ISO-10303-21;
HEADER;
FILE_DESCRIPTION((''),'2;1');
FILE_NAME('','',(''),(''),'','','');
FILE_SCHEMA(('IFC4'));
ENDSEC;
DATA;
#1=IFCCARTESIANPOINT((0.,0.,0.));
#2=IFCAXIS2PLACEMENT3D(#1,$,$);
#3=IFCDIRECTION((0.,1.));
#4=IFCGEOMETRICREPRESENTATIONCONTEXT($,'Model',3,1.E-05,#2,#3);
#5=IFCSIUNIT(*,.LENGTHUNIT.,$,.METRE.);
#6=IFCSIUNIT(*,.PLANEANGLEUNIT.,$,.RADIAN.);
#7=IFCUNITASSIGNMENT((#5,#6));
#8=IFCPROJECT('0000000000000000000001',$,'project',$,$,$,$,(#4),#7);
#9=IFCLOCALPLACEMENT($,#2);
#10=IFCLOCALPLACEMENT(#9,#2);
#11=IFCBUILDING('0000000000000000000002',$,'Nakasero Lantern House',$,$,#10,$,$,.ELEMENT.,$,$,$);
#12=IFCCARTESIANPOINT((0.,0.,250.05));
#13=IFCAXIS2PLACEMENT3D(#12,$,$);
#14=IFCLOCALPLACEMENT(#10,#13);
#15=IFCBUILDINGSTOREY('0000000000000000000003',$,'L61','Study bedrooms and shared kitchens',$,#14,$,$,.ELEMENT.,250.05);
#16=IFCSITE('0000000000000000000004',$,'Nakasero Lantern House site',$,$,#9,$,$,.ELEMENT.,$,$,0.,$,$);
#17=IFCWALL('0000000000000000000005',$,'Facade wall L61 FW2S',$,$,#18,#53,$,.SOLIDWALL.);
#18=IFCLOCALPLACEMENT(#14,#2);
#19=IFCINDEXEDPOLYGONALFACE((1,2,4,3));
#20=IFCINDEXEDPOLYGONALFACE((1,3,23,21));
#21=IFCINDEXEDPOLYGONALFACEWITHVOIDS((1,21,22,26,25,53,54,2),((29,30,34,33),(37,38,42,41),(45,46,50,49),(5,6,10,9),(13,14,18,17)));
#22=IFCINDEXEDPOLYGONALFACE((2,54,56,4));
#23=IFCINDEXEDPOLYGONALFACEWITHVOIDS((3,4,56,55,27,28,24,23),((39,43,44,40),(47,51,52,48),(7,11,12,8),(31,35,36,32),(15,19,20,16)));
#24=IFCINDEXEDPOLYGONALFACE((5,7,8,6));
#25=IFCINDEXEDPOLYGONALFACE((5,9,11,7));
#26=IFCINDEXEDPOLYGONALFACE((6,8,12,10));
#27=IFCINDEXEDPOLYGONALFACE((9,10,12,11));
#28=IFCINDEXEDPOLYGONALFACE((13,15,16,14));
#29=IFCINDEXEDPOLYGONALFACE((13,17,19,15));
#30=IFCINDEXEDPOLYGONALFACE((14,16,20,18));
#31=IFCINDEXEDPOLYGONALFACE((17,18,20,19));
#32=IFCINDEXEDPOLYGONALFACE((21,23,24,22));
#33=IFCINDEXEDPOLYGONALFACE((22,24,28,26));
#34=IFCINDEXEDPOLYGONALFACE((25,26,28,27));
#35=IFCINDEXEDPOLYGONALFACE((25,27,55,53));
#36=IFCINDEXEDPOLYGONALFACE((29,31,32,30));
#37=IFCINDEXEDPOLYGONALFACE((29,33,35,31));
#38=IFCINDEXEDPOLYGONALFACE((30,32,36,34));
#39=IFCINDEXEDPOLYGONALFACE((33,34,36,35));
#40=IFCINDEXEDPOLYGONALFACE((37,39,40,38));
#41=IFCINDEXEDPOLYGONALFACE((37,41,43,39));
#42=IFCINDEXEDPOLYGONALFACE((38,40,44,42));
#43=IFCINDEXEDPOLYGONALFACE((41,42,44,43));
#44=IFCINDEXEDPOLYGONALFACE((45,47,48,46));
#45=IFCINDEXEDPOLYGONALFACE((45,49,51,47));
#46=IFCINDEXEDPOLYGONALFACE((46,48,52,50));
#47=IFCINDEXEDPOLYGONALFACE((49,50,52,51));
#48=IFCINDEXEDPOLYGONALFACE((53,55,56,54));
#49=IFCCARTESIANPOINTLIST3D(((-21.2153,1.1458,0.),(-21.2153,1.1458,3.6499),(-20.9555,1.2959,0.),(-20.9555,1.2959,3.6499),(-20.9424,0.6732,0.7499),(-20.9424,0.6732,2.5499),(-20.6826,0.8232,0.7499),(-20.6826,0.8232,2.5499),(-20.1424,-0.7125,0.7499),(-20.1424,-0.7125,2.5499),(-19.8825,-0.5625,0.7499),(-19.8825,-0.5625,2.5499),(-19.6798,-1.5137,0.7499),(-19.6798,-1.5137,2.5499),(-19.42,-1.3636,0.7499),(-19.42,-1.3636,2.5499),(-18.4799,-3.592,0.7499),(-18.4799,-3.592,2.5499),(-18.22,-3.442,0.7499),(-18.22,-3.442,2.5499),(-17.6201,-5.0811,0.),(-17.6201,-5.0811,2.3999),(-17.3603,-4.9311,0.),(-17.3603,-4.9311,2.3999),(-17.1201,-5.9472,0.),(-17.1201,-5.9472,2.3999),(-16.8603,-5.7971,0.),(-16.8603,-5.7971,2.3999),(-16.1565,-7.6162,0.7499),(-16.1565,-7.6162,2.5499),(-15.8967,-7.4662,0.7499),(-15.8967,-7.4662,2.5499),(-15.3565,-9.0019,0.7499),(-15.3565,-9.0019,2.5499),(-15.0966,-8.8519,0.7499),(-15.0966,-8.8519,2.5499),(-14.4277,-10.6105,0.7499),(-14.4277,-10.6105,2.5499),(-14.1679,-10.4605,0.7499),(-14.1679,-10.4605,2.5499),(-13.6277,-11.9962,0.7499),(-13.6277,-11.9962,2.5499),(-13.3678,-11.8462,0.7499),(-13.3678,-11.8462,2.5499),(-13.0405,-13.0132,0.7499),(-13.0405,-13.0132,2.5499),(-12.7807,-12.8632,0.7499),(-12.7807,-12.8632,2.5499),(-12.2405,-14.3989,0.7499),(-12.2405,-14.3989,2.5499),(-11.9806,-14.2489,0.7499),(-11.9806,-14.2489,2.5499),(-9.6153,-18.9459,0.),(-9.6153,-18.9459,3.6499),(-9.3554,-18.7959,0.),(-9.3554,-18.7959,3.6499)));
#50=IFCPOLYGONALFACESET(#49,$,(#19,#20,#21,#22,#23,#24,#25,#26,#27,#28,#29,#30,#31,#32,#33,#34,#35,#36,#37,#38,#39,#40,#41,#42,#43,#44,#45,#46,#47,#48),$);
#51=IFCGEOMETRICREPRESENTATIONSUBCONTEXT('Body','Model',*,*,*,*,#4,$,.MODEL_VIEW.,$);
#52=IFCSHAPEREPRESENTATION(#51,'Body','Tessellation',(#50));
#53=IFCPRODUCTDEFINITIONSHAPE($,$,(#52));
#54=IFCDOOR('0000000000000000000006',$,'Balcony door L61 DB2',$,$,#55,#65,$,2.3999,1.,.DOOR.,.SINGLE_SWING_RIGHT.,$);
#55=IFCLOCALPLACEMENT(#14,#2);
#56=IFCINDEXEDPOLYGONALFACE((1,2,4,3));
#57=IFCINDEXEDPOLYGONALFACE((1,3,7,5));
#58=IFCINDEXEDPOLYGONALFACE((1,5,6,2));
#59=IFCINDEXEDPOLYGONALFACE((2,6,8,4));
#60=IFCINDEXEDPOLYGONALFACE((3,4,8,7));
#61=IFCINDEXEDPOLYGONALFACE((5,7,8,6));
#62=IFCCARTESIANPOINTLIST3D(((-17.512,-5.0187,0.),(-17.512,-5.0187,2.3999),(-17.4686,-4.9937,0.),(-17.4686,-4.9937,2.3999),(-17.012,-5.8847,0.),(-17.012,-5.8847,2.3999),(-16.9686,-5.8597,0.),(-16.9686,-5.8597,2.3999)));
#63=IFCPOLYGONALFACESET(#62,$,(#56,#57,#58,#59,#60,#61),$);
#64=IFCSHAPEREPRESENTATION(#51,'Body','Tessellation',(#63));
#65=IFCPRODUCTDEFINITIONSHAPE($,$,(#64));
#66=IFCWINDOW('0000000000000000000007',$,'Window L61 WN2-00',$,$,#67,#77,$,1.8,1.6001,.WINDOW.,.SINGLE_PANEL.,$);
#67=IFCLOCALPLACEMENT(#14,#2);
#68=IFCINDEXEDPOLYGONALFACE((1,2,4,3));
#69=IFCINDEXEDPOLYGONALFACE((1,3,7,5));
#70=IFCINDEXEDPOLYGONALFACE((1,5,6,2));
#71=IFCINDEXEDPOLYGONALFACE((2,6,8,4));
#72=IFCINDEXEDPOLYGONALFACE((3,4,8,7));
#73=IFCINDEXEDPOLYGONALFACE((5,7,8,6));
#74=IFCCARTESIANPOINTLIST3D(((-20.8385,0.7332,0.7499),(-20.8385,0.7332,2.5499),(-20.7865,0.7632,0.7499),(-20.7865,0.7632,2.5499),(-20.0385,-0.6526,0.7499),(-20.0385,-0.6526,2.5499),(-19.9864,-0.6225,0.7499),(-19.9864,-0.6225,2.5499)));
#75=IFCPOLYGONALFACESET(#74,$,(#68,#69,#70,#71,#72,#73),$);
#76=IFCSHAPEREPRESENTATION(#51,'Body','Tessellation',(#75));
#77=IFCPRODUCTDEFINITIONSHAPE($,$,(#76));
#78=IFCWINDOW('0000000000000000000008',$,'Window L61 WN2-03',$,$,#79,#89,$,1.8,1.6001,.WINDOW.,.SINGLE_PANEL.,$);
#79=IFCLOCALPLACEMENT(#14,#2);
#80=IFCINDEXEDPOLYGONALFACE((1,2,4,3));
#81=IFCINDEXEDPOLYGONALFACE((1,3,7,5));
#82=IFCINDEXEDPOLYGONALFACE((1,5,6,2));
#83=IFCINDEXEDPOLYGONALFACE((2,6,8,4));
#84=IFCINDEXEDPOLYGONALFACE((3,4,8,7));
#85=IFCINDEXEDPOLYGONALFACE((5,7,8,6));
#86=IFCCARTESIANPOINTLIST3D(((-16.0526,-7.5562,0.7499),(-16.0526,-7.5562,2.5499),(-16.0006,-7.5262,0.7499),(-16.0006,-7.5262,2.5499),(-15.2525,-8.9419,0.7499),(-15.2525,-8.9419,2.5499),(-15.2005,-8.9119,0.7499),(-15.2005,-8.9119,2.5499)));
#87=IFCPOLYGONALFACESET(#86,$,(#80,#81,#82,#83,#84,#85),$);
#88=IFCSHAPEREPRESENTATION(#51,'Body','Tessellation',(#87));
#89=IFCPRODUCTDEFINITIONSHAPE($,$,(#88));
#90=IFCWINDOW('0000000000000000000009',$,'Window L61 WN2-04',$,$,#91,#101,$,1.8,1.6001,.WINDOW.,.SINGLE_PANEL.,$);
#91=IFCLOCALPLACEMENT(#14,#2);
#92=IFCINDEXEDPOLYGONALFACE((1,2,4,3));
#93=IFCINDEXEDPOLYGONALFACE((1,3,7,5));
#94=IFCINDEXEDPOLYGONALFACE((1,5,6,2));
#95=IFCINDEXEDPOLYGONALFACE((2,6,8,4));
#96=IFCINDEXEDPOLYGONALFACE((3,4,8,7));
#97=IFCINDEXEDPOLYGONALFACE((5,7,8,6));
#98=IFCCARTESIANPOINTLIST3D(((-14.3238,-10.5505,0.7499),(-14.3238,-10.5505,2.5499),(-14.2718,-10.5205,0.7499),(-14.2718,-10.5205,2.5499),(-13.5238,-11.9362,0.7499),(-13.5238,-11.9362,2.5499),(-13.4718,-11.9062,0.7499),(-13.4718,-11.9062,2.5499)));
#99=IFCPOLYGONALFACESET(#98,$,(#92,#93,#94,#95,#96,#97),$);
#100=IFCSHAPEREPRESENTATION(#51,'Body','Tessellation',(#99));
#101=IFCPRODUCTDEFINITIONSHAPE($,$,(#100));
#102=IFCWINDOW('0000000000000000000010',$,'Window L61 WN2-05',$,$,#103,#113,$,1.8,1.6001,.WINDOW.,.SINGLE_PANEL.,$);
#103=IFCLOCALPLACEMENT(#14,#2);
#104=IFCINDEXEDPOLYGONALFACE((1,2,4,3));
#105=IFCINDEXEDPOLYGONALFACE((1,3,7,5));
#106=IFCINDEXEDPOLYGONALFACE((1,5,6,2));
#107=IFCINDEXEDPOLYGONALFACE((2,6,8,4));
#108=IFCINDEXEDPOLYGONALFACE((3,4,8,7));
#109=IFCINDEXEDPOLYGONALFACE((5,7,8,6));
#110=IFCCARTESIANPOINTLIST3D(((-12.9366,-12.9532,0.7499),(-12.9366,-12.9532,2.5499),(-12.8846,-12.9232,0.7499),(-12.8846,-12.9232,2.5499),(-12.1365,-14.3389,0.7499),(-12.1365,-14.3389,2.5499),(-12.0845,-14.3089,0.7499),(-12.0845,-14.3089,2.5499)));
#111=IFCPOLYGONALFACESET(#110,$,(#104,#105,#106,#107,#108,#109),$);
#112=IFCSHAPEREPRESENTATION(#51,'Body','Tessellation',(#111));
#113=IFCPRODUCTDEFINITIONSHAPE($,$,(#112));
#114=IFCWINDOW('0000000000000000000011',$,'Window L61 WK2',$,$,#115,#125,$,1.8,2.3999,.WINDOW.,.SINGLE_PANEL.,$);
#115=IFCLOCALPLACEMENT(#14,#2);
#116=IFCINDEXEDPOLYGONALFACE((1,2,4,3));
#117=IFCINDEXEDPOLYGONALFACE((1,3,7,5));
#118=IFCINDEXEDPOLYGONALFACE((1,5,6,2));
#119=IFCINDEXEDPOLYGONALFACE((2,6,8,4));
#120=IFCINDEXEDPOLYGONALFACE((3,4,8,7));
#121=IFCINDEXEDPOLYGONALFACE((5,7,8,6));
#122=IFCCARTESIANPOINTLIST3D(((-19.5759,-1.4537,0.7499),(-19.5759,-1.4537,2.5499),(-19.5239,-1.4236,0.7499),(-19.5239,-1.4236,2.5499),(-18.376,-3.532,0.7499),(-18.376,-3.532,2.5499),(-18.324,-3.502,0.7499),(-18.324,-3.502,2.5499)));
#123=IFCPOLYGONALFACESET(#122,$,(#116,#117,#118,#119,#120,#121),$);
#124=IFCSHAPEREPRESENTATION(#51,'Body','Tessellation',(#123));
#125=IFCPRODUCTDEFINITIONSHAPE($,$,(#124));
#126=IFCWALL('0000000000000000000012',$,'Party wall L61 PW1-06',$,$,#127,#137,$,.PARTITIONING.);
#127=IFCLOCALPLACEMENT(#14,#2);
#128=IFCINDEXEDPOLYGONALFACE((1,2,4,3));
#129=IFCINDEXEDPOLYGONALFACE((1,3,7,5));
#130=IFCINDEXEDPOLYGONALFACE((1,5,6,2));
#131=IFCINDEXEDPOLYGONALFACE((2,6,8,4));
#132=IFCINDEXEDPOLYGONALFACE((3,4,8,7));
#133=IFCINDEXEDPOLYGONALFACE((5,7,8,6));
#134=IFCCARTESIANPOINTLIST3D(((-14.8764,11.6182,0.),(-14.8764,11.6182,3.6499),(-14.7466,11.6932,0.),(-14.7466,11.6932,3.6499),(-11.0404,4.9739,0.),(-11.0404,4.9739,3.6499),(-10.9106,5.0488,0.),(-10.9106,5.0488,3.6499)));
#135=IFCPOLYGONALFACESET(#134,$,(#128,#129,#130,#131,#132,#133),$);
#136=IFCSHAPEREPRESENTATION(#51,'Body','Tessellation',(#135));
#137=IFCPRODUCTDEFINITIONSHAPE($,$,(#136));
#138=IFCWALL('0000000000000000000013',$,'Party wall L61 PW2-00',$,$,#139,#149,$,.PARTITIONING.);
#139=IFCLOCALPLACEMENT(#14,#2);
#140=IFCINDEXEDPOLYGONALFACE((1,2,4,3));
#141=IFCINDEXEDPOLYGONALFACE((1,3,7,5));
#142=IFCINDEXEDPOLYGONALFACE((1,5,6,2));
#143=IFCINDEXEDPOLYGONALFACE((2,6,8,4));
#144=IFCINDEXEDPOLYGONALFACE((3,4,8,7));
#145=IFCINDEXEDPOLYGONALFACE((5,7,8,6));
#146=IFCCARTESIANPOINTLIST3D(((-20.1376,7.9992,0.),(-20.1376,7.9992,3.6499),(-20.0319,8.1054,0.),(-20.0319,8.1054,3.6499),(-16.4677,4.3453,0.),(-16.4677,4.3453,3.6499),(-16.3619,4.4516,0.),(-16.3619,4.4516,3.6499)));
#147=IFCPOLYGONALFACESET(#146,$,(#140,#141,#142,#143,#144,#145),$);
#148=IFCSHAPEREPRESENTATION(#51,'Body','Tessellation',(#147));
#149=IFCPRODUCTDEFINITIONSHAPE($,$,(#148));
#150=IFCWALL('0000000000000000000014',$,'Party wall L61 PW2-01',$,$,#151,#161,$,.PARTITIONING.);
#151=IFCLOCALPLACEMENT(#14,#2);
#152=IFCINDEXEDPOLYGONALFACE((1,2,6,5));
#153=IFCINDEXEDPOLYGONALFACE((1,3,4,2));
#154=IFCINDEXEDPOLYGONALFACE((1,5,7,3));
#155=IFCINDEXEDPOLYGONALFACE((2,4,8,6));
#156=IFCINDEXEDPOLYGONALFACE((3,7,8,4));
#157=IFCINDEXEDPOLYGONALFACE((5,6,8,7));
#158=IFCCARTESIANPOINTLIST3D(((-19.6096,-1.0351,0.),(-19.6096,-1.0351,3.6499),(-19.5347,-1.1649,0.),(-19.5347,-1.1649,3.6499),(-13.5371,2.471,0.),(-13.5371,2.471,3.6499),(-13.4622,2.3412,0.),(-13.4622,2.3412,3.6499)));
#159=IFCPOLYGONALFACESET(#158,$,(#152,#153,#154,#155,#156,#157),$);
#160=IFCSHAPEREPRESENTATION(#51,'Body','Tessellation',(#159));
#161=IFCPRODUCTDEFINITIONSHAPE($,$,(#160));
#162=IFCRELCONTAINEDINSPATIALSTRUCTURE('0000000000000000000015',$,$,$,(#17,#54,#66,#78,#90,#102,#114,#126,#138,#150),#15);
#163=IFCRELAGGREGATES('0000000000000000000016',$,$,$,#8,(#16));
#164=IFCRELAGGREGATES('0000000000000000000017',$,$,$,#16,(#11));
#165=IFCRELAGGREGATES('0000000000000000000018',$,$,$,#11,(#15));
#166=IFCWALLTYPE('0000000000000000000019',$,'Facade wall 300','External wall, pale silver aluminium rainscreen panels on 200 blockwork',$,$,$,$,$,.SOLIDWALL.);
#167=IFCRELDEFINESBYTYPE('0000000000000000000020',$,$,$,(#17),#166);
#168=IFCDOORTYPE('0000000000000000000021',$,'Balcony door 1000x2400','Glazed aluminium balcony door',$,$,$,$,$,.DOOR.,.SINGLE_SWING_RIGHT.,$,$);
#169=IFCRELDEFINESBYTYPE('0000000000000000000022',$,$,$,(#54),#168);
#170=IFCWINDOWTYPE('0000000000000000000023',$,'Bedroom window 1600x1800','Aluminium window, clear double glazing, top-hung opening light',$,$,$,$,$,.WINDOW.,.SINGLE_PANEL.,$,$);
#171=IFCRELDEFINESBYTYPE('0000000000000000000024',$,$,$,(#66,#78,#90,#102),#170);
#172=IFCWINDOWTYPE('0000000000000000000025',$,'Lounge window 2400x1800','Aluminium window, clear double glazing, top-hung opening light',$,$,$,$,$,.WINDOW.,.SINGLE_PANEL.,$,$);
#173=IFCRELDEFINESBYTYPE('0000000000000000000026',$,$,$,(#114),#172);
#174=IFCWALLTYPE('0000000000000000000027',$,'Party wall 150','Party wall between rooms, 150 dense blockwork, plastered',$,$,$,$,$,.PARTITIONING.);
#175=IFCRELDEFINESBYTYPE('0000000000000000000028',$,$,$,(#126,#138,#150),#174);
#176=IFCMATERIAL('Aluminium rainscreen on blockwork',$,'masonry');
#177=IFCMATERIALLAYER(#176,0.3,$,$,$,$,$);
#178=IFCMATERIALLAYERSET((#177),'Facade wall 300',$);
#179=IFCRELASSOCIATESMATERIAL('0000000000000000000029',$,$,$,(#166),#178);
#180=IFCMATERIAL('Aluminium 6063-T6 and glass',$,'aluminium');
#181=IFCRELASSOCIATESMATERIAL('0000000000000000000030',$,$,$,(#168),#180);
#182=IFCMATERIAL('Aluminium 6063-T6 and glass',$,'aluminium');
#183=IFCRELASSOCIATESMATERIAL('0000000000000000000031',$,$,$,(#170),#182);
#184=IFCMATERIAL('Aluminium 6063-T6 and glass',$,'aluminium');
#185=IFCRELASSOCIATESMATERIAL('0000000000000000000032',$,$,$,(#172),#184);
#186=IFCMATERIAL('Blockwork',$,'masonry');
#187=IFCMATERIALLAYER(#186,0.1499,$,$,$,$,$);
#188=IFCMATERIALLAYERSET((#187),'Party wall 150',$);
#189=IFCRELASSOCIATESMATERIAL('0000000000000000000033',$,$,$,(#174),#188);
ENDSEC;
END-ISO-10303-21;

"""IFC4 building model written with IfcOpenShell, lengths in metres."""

from ifc_helpers import new_model, si_unit, direction, frame, frame_2d, origin, place, context, subcontext, project, spatial, rectangle, extrude, material, layer, layer_set, type_object, element, fill, save


model = new_model("IFC4")

# Units and contexts
model_context = context("Model", 3, precision=1e-05, world=origin(), true_north=direction((0.0, 1.0)))
body_context = subcontext(model_context, "Body", "Model", "MODEL_VIEW")
ifc_project = project(units=[si_unit("LENGTHUNIT", "METRE"), si_unit("PLANEANGLEUNIT", "RADIAN")], contexts=[model_context])

# Site, building, storey
site_placement = place(None, origin())
site = spatial("IfcSite", under=ifc_project, at=site_placement, Name="Nakasero Lantern House site", CompositionType="ELEMENT", RefElevation=0.0)
building_placement = place(site_placement, origin())
building = spatial("IfcBuilding", under=site, at=building_placement, Name="Nakasero Lantern House", CompositionType="ELEMENT")
storey_placement = place(building_placement, frame((0.0, 0.0, 250.05)))
storey = spatial("IfcBuildingStorey", under=building, at=storey_placement, Name="L61", Description="Study bedrooms and shared kitchens", CompositionType="ELEMENT", Elevation=250.05)

# Shared definitions
ifc_material_1 = material(Name="Aluminium rainscreen on blockwork", Category="masonry")
ifc_layer_1 = layer(ifc_material_1, 0.3)
ifc_layer_set_1 = layer_set([ifc_layer_1], Name="Facade wall 300")
wall_type_1 = type_object("IfcWallType", Name="Facade wall 300", Description="External wall, pale silver aluminium rainscreen panels on 200 blockwork", PredefinedType="SOLIDWALL", material=ifc_layer_set_1)

# Wall, openings, door, windows
wall_1_placement = place(storey_placement, frame((-21.0854, 1.2209, 0.0), z_axis=(0.0, 0.0, 1.0), x_axis=(0.500003, -0.866024, 0.0)))
wall_1 = element("IfcWall", 1, at=wall_1_placement, inside=storey, type_object=wall_type_1, Name="Facade wall L61 FW2S", PredefinedType="SOLIDWALL", context=body_context, shape_type="SweptSolid", body=[
    extrude(rectangle(XDim=23.2, YDim=0.3, at=frame_2d((11.6001, 0.0))), origin(), (0.0, 0.0, 1.0), 3.6499),
])
opening_1_placement = place(wall_1_placement, frame((0.5459, 0.0, 0.75)))
opening_1 = element("IfcOpeningElement", 2, at=opening_1_placement, cuts=wall_1, PredefinedType="OPENING", context=body_context, shape_type="SweptSolid", body=[
    extrude(rectangle(XDim=1.6001, YDim=1.8, at=frame_2d((0.8, 0.8999))), frame((0.0, 0.1699, 0.0), z_axis=(0.0, -1.0, 0.0), x_axis=(1.0, 0.0, 0.0)), (0.0, 0.0, 1.0), 0.3401),
])
opening_2_placement = place(wall_1_placement, frame((10.1177, 0.0, 0.75)))
opening_2 = element("IfcOpeningElement", 3, at=opening_2_placement, cuts=wall_1, PredefinedType="OPENING", context=body_context, shape_type="SweptSolid", body=[
    extrude(rectangle(XDim=1.6001, YDim=1.8, at=frame_2d((0.8, 0.8999))), frame((0.0, 0.1699, 0.0), z_axis=(0.0, -1.0, 0.0), x_axis=(1.0, 0.0, 0.0)), (0.0, 0.0, 1.0), 0.3401),
])
opening_3_placement = place(wall_1_placement, frame((13.5752, 0.0, 0.75)))
opening_3 = element("IfcOpeningElement", 4, at=opening_3_placement, cuts=wall_1, PredefinedType="OPENING", context=body_context, shape_type="SweptSolid", body=[
    extrude(rectangle(XDim=1.6001, YDim=1.8, at=frame_2d((0.8, 0.8999))), frame((0.0, 0.1699, 0.0), z_axis=(0.0, -1.0, 0.0), x_axis=(1.0, 0.0, 0.0)), (0.0, 0.0, 1.0), 0.3401),
])
opening_4_placement = place(wall_1_placement, frame((16.3496, 0.0, 0.75)))
opening_4 = element("IfcOpeningElement", 5, at=opening_4_placement, cuts=wall_1, PredefinedType="OPENING", context=body_context, shape_type="SweptSolid", body=[
    extrude(rectangle(XDim=1.6001, YDim=1.8, at=frame_2d((0.8, 0.8999))), frame((0.0, 0.1699, 0.0), z_axis=(0.0, -1.0, 0.0), x_axis=(1.0, 0.0, 0.0)), (0.0, 0.0, 1.0), 0.3401),
])
opening_5_placement = place(wall_1_placement, frame((3.071, 0.0, 0.75)))
opening_5 = element("IfcOpeningElement", 6, at=opening_5_placement, cuts=wall_1, PredefinedType="OPENING", context=body_context, shape_type="SweptSolid", body=[
    extrude(rectangle(XDim=2.3999, YDim=1.8, at=frame_2d((1.2, 0.8999))), frame((0.0, 0.1699, 0.0), z_axis=(0.0, -1.0, 0.0), x_axis=(1.0, 0.0, 0.0)), (0.0, 0.0, 1.0), 0.3401),
])
opening_6_placement = place(wall_1_placement, frame((7.1904, 0.0, 0.0)))
opening_6 = element("IfcOpeningElement", 7, at=opening_6_placement, cuts=wall_1, PredefinedType="OPENING", context=body_context, shape_type="SweptSolid", body=[
    extrude(rectangle(XDim=1.0, YDim=2.3999, at=frame_2d((0.5, 1.2))), frame((0.0, 0.1699, 0.0), z_axis=(0.0, -1.0, 0.0), x_axis=(1.0, 0.0, 0.0)), (0.0, 0.0, 1.0), 0.3401),
])
ifc_material_2 = material(Name="Aluminium 6063-T6 and glass", Category="aluminium")
door_type_1 = type_object("IfcDoorType", Name="Balcony door 1000x2400", Description="Glazed aluminium balcony door", OperationType="SINGLE_SWING_RIGHT", PredefinedType="DOOR", material=ifc_material_2)
door_1_placement = place(opening_6_placement, origin())
door_1 = element("IfcDoor", 8, at=door_1_placement, inside=storey, type_object=door_type_1, Name="Balcony door L61 DB2", OperationType="SINGLE_SWING_RIGHT", OverallHeight=2.3999, OverallWidth=1.0, PredefinedType="DOOR", context=body_context, shape_type="SweptSolid", body=[
    extrude(rectangle(XDim=1.0, YDim=2.3999, at=frame_2d((0.5, 1.2))), frame((0.0, 0.0249, 0.0), z_axis=(0.0, -1.0, 0.0), x_axis=(1.0, 0.0, 0.0)), (0.0, 0.0, 1.0), 0.05),
])
fill(opening_6, door_1)
ifc_material_3 = material(Name="Aluminium 6063-T6 and glass", Category="aluminium")
window_type_1 = type_object("IfcWindowType", Name="Bedroom window 1600x1800", Description="Aluminium window, clear double glazing, top-hung opening light", PartitioningType="SINGLE_PANEL", PredefinedType="WINDOW", material=ifc_material_3)
window_1_placement = place(opening_1_placement, origin())
window_1 = element("IfcWindow", 9, at=window_1_placement, inside=storey, type_object=window_type_1, Name="Window L61 WN2-00", OverallHeight=1.8, OverallWidth=1.6001, PartitioningType="SINGLE_PANEL", PredefinedType="WINDOW", context=body_context, shape_type="SweptSolid", body=[
    extrude(rectangle(XDim=1.6001, YDim=1.8, at=frame_2d((0.8, 0.8999))), frame((0.0, 0.03, 0.0), z_axis=(0.0, -1.0, 0.0), x_axis=(1.0, 0.0, 0.0)), (0.0, 0.0, 1.0), 0.0601),
])
fill(opening_1, window_1)
window_2_placement = place(opening_2_placement, origin())
window_2 = element("IfcWindow", 10, at=window_2_placement, inside=storey, type_object=window_type_1, Name="Window L61 WN2-03", OverallHeight=1.8, OverallWidth=1.6001, PartitioningType="SINGLE_PANEL", PredefinedType="WINDOW", context=body_context, shape_type="SweptSolid", body=[
    extrude(rectangle(XDim=1.6001, YDim=1.8, at=frame_2d((0.8, 0.8999))), frame((0.0, 0.03, 0.0), z_axis=(0.0, -1.0, 0.0), x_axis=(1.0, 0.0, 0.0)), (0.0, 0.0, 1.0), 0.0601),
])
fill(opening_2, window_2)
window_3_placement = place(opening_3_placement, origin())
window_3 = element("IfcWindow", 11, at=window_3_placement, inside=storey, type_object=window_type_1, Name="Window L61 WN2-04", OverallHeight=1.8, OverallWidth=1.6001, PartitioningType="SINGLE_PANEL", PredefinedType="WINDOW", context=body_context, shape_type="SweptSolid", body=[
    extrude(rectangle(XDim=1.6001, YDim=1.8, at=frame_2d((0.8, 0.8999))), frame((0.0, 0.03, 0.0), z_axis=(0.0, -1.0, 0.0), x_axis=(1.0, 0.0, 0.0)), (0.0, 0.0, 1.0), 0.0601),
])
fill(opening_3, window_3)
window_4_placement = place(opening_4_placement, origin())
window_4 = element("IfcWindow", 12, at=window_4_placement, inside=storey, type_object=window_type_1, Name="Window L61 WN2-05", OverallHeight=1.8, OverallWidth=1.6001, PartitioningType="SINGLE_PANEL", PredefinedType="WINDOW", context=body_context, shape_type="SweptSolid", body=[
    extrude(rectangle(XDim=1.6001, YDim=1.8, at=frame_2d((0.8, 0.8999))), frame((0.0, 0.03, 0.0), z_axis=(0.0, -1.0, 0.0), x_axis=(1.0, 0.0, 0.0)), (0.0, 0.0, 1.0), 0.0601),
])
fill(opening_4, window_4)
ifc_material_4 = material(Name="Aluminium 6063-T6 and glass", Category="aluminium")
window_type_2 = type_object("IfcWindowType", Name="Lounge window 2400x1800", Description="Aluminium window, clear double glazing, top-hung opening light", PartitioningType="SINGLE_PANEL", PredefinedType="WINDOW", material=ifc_material_4)
window_5_placement = place(opening_5_placement, origin())
window_5 = element("IfcWindow", 13, at=window_5_placement, inside=storey, type_object=window_type_2, Name="Window L61 WK2", OverallHeight=1.8, OverallWidth=2.3999, PartitioningType="SINGLE_PANEL", PredefinedType="WINDOW", context=body_context, shape_type="SweptSolid", body=[
    extrude(rectangle(XDim=2.3999, YDim=1.8, at=frame_2d((1.2, 0.8999))), frame((0.0, 0.03, 0.0), z_axis=(0.0, -1.0, 0.0), x_axis=(1.0, 0.0, 0.0)), (0.0, 0.0, 1.0), 0.0601),
])
fill(opening_5, window_5)

# Walls
ifc_material_5 = material(Name="Blockwork", Category="masonry")
ifc_layer_2 = layer(ifc_material_5, 0.1499)
ifc_layer_set_2 = layer_set([ifc_layer_2], Name="Party wall 150")
wall_type_2 = type_object("IfcWallType", Name="Party wall 150", Description="Party wall between rooms, 150 dense blockwork, plastered", PredefinedType="PARTITIONING", material=ifc_layer_set_2)
wall_2_placement = place(storey_placement, frame((-10.9756, 5.0115, 0.0), z_axis=(0.0, 0.0, 1.0), x_axis=(-0.499986, 0.866034, 0.0)))
element("IfcWall", 14, at=wall_2_placement, inside=storey, type_object=wall_type_2, Name="Party wall L61 PW1-06", PredefinedType="PARTITIONING", context=body_context, shape_type="SweptSolid", body=[
    extrude(rectangle(XDim=7.6721, YDim=0.1499, at=frame_2d((3.8359, 0.0))), origin(), (0.0, 0.0, 1.0), 3.6499),
])
wall_3_placement = place(storey_placement, frame((-16.4148, 4.3984, 0.0), z_axis=(0.0, 0.0, 1.0), x_axis=(-0.708661, 0.705549, 0.0)))
element("IfcWall", 15, at=wall_3_placement, inside=storey, type_object=wall_type_2, Name="Party wall L61 PW2-00", PredefinedType="PARTITIONING", context=body_context, shape_type="SweptSolid", body=[
    extrude(rectangle(XDim=5.1787, YDim=0.1499, at=frame_2d((2.5894, 0.0))), origin(), (0.0, 0.0, 1.0), 3.6499),
])
wall_4_placement = place(storey_placement, frame((-13.4998, 2.406, 0.0), z_axis=(0.0, 0.0, 1.0), x_axis=(-0.866017, -0.500015, 0.0)))
element("IfcWall", 16, at=wall_4_placement, inside=storey, type_object=wall_type_2, Name="Party wall L61 PW2-01", PredefinedType="PARTITIONING", context=body_context, shape_type="SweptSolid", body=[
    extrude(rectangle(XDim=7.012, YDim=0.1499, at=frame_2d((3.5059, 0.0))), origin(), (0.0, 0.0, 1.0), 3.6499),
])

save(model, "model.ifc")
